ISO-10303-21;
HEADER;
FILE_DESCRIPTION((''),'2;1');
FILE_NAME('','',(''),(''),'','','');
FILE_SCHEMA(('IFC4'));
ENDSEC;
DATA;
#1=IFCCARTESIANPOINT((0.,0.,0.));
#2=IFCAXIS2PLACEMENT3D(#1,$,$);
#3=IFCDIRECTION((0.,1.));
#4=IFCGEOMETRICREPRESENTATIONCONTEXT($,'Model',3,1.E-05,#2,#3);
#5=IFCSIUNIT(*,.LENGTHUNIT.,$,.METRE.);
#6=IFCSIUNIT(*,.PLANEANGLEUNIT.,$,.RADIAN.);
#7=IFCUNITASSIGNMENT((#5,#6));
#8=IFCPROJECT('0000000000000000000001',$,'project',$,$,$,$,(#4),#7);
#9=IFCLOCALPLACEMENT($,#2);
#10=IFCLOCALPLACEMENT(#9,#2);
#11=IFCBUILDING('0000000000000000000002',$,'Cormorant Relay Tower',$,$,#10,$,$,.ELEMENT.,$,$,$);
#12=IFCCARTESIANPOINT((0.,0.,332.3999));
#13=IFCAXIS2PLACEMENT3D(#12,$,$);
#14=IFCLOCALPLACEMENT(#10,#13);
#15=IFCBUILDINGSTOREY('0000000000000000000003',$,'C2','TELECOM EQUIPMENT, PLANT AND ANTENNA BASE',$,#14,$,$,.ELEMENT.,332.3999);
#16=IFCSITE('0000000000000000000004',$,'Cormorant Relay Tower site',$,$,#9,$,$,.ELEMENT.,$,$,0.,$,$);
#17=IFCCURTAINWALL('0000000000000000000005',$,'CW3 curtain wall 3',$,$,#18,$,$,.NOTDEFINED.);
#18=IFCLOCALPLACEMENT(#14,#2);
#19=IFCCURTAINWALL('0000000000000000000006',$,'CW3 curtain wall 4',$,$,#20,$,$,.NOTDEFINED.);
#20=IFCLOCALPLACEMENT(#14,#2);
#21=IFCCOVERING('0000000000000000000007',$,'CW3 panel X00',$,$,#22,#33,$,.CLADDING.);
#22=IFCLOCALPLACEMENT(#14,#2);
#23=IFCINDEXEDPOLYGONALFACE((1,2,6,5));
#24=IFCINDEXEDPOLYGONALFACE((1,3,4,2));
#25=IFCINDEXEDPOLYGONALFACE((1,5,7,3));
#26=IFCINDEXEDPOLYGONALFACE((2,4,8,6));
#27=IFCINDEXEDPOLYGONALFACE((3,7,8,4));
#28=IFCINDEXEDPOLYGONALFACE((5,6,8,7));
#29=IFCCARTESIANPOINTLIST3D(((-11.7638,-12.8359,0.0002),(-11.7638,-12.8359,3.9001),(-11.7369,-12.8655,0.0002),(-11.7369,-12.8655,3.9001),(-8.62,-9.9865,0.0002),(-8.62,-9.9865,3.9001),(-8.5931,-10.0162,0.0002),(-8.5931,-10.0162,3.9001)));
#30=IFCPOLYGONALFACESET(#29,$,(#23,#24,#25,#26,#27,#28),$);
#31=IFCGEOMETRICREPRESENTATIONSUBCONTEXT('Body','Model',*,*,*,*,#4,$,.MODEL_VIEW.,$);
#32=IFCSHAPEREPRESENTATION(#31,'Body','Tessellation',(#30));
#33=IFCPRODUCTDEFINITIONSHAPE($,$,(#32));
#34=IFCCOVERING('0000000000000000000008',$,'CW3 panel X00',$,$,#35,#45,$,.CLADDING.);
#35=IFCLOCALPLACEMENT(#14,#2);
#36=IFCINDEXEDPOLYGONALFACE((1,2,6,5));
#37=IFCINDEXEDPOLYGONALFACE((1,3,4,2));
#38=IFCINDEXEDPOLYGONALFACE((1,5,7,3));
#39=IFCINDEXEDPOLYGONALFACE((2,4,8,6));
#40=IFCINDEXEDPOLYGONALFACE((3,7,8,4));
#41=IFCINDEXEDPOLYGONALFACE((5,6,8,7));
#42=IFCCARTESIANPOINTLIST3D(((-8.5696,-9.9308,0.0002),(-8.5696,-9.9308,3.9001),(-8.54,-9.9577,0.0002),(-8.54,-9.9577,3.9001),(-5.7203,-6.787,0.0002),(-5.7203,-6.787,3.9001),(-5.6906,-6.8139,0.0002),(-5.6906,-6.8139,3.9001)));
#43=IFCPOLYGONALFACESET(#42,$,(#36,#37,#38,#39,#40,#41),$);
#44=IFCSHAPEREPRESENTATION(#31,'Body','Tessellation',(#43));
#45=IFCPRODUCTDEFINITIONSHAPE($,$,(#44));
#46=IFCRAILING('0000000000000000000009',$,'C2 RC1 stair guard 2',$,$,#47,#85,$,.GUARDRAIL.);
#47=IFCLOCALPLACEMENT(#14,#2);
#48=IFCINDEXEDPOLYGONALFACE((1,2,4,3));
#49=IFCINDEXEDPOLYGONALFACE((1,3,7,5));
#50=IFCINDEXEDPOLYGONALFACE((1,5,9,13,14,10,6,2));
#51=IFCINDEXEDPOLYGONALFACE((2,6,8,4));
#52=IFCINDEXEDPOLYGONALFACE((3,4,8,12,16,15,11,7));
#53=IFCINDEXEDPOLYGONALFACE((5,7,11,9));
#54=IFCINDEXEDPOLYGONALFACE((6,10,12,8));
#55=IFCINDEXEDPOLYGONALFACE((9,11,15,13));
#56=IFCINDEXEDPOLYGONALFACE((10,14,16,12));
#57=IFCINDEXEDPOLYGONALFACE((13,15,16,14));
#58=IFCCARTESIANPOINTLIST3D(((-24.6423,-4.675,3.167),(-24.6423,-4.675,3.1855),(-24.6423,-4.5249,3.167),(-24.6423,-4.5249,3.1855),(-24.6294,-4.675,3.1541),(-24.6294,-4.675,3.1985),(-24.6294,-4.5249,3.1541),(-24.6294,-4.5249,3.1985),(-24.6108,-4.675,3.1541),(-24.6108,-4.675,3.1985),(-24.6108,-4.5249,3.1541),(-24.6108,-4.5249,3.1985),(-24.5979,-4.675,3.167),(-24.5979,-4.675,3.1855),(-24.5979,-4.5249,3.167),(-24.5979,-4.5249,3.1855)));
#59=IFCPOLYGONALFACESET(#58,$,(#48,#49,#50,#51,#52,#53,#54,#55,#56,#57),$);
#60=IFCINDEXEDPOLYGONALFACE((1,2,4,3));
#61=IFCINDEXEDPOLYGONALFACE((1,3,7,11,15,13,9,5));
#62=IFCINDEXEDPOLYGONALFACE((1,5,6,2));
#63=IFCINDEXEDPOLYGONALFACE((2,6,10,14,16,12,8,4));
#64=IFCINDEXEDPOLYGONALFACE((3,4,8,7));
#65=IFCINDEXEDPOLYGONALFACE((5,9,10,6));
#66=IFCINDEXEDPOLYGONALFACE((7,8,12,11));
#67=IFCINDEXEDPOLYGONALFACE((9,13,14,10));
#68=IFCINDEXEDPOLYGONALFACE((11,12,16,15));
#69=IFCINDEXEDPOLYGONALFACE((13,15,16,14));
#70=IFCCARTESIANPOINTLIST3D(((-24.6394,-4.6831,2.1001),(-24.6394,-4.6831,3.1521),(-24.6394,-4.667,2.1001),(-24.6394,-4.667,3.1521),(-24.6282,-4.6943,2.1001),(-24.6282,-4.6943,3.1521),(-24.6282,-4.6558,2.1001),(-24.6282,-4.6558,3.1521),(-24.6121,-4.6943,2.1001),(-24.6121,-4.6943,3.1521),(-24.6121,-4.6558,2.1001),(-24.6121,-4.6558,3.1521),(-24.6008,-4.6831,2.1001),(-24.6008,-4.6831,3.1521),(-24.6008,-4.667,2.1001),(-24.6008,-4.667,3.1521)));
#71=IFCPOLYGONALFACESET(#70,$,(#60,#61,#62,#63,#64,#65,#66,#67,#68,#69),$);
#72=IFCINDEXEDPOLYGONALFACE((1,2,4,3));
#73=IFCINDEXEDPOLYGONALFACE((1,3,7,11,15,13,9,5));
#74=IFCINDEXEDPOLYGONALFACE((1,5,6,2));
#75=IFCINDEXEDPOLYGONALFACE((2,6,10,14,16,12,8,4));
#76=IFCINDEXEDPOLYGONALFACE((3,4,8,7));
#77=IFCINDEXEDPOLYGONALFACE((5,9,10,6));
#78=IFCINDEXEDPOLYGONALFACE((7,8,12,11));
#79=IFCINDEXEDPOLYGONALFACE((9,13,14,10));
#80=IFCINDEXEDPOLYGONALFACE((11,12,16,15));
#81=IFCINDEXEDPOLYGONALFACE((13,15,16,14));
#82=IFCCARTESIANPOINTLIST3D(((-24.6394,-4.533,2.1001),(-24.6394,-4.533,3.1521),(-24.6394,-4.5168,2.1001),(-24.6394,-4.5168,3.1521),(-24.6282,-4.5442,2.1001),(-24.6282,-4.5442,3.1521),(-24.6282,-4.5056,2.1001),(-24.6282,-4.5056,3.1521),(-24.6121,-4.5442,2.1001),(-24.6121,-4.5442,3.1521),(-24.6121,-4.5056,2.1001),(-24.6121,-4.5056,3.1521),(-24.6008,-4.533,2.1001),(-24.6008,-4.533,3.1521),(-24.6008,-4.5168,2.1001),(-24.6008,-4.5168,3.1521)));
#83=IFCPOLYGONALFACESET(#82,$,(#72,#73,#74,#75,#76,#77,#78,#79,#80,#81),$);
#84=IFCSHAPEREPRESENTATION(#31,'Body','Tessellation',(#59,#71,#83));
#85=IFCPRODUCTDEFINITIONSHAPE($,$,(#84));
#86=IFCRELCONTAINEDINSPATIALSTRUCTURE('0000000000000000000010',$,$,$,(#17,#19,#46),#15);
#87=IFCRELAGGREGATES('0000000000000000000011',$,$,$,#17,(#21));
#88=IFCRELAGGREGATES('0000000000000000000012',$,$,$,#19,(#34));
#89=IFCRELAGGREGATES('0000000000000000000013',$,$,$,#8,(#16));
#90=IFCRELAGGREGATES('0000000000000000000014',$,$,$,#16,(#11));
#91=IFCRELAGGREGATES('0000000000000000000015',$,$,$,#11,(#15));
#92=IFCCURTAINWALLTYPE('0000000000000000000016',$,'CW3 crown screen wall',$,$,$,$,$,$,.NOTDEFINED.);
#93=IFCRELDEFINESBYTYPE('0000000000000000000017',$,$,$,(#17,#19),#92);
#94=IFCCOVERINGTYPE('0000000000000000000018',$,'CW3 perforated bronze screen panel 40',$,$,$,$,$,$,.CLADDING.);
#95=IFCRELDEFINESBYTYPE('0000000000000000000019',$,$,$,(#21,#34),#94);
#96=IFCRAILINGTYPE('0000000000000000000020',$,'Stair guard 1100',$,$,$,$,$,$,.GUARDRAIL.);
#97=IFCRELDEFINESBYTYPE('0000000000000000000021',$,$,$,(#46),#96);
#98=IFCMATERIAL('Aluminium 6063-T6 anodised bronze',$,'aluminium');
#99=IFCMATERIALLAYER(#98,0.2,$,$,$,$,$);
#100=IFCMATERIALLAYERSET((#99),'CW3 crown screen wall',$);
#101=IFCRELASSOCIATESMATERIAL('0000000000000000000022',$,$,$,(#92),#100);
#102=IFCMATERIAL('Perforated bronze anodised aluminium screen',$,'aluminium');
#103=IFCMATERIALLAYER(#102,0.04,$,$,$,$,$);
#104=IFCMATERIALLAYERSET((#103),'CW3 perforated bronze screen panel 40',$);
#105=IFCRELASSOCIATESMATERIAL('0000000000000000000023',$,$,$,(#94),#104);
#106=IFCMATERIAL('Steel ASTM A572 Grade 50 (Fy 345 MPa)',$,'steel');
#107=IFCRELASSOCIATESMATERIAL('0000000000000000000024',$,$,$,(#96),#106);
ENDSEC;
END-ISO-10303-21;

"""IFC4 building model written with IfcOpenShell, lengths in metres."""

from ifc_helpers import new_model, si_unit, direction, frame, origin, origin_2d, place, context, subcontext, project, spatial, polyline, rectangle, outline, extrude, material, layer, layer_set, type_object, element, aggregate, save


model = new_model("IFC4")

# Units and contexts
model_context = context("Model", 3, precision=1e-05, world=origin(), true_north=direction((0.0, 1.0)))
body_context = subcontext(model_context, "Body", "Model", "MODEL_VIEW")
ifc_project = project(units=[si_unit("LENGTHUNIT", "METRE"), si_unit("PLANEANGLEUNIT", "RADIAN")], contexts=[model_context])

# Site, building, storey
site_placement = place(None, origin())
site = spatial("IfcSite", under=ifc_project, at=site_placement, Name="Cormorant Relay Tower site", CompositionType="ELEMENT", RefElevation=0.0)
building_placement = place(site_placement, origin())
building = spatial("IfcBuilding", under=site, at=building_placement, Name="Cormorant Relay Tower", CompositionType="ELEMENT")
storey_placement = place(building_placement, frame((0.0, 0.0, 332.3999)))
storey = spatial("IfcBuildingStorey", under=building, at=storey_placement, Name="C2", Description="TELECOM EQUIPMENT, PLANT AND ANTENNA BASE", CompositionType="ELEMENT", Elevation=332.3999)

# Curtain walls
ifc_material_1 = material(Name="Aluminium 6063-T6 anodised bronze", Category="aluminium")
ifc_layer_1 = layer(ifc_material_1, 0.2)
ifc_layer_set_1 = layer_set([ifc_layer_1], Name="CW3 crown screen wall")
curtain_wall_type = type_object("IfcCurtainWallType", Name="CW3 crown screen wall", PredefinedType="NOTDEFINED", material=ifc_layer_set_1)
curtain_wall_1_placement = place(storey_placement, origin())
curtain_wall_1 = element("IfcCurtainWall", 1, at=curtain_wall_1_placement, inside=storey, type_object=curtain_wall_type, Name="CW3 curtain wall 3", PredefinedType="NOTDEFINED")
curtain_wall_2_placement = place(storey_placement, origin())
curtain_wall_2 = element("IfcCurtainWall", 2, at=curtain_wall_2_placement, inside=storey, type_object=curtain_wall_type, Name="CW3 curtain wall 4", PredefinedType="NOTDEFINED")

# Coverings
ifc_material_2 = material(Name="Perforated bronze anodised aluminium screen", Category="aluminium")
ifc_layer_2 = layer(ifc_material_2, 0.04)
ifc_layer_set_2 = layer_set([ifc_layer_2], Name="CW3 perforated bronze screen panel 40")
covering_type = type_object("IfcCoveringType", Name="CW3 perforated bronze screen panel 40", PredefinedType="CLADDING", material=ifc_layer_set_2)
covering_1_placement = place(storey_placement, frame((-10.1785, -11.426, 0.0002), z_axis=(0.0, 0.0, 1.0), x_axis=(0.740951, 0.671559, 0.0)))
covering_1 = element("IfcCovering", 3, at=covering_1_placement, type_object=covering_type, Name="CW3 panel X00", PredefinedType="CLADDING", context=body_context, shape_type="SweptSolid", body=[
    extrude(rectangle(XDim=4.2429, YDim=0.04, at=origin_2d()), origin(), (0.0, 0.0, 1.0), 3.8999),
])
aggregate(curtain_wall_1, [covering_1])
covering_2_placement = place(storey_placement, frame((-7.1301, -8.3723, 0.0002), z_axis=(0.0, 0.0, 1.0), x_axis=(0.671559, 0.740951, 0.0)))
covering_2 = element("IfcCovering", 4, at=covering_2_placement, type_object=covering_type, Name="CW3 panel X00", PredefinedType="CLADDING", context=body_context, shape_type="SweptSolid", body=[
    extrude(rectangle(XDim=4.2429, YDim=0.04, at=origin_2d()), origin(), (0.0, 0.0, 1.0), 3.8999),
])
aggregate(curtain_wall_2, [covering_2])

# Railing
ifc_material_3 = material(Name="Steel ASTM A572 Grade 50 (Fy 345 MPa)", Category="steel")
railing_type = type_object("IfcRailingType", Name="Stair guard 1100", PredefinedType="GUARDRAIL", material=ifc_material_3)
railing_placement = place(storey_placement, frame((-24.6201, -4.675, 2.1001)))
element("IfcRailing", 5, at=railing_placement, inside=storey, type_object=railing_type, Name="C2 RC1 stair guard 2", PredefinedType="GUARDRAIL", context=body_context, shape_type="SweptSolid", body=[
    extrude(outline(polyline([(0.0222, 0.0093), (0.0093, 0.0222), (-0.0093, 0.0222), (-0.0222, 0.0093), (-0.0222, -0.0093), (-0.0093, -0.0222), (0.0093, -0.0222), (0.0222, -0.0093), (0.0222, 0.0093)])), frame((0.0, 0.0, 1.0762), z_axis=(0.0, 1.0, 0.0), x_axis=(-1.0, 0.0, 0.0)), (0.0, 0.0, 1.0), 0.1501),
    extrude(outline(polyline([(0.0193, 0.0081), (0.0081, 0.0193), (-0.0081, 0.0193), (-0.0193, 0.0081), (-0.0193, -0.0081), (-0.0081, -0.0193), (0.0081, -0.0193), (0.0193, -0.0081), (0.0193, 0.0081)])), origin(), (0.0, 0.0, 1.0), 1.052),
    extrude(outline(polyline([(0.0193, 0.0081), (0.0081, 0.0193), (-0.0081, 0.0193), (-0.0193, 0.0081), (-0.0193, -0.0081), (-0.0081, -0.0193), (0.0081, -0.0193), (0.0193, -0.0081), (0.0193, 0.0081)])), frame((0.0, 0.1501, 0.0)), (0.0, 0.0, 1.0), 1.052),
])

save(model, "model.ifc")
